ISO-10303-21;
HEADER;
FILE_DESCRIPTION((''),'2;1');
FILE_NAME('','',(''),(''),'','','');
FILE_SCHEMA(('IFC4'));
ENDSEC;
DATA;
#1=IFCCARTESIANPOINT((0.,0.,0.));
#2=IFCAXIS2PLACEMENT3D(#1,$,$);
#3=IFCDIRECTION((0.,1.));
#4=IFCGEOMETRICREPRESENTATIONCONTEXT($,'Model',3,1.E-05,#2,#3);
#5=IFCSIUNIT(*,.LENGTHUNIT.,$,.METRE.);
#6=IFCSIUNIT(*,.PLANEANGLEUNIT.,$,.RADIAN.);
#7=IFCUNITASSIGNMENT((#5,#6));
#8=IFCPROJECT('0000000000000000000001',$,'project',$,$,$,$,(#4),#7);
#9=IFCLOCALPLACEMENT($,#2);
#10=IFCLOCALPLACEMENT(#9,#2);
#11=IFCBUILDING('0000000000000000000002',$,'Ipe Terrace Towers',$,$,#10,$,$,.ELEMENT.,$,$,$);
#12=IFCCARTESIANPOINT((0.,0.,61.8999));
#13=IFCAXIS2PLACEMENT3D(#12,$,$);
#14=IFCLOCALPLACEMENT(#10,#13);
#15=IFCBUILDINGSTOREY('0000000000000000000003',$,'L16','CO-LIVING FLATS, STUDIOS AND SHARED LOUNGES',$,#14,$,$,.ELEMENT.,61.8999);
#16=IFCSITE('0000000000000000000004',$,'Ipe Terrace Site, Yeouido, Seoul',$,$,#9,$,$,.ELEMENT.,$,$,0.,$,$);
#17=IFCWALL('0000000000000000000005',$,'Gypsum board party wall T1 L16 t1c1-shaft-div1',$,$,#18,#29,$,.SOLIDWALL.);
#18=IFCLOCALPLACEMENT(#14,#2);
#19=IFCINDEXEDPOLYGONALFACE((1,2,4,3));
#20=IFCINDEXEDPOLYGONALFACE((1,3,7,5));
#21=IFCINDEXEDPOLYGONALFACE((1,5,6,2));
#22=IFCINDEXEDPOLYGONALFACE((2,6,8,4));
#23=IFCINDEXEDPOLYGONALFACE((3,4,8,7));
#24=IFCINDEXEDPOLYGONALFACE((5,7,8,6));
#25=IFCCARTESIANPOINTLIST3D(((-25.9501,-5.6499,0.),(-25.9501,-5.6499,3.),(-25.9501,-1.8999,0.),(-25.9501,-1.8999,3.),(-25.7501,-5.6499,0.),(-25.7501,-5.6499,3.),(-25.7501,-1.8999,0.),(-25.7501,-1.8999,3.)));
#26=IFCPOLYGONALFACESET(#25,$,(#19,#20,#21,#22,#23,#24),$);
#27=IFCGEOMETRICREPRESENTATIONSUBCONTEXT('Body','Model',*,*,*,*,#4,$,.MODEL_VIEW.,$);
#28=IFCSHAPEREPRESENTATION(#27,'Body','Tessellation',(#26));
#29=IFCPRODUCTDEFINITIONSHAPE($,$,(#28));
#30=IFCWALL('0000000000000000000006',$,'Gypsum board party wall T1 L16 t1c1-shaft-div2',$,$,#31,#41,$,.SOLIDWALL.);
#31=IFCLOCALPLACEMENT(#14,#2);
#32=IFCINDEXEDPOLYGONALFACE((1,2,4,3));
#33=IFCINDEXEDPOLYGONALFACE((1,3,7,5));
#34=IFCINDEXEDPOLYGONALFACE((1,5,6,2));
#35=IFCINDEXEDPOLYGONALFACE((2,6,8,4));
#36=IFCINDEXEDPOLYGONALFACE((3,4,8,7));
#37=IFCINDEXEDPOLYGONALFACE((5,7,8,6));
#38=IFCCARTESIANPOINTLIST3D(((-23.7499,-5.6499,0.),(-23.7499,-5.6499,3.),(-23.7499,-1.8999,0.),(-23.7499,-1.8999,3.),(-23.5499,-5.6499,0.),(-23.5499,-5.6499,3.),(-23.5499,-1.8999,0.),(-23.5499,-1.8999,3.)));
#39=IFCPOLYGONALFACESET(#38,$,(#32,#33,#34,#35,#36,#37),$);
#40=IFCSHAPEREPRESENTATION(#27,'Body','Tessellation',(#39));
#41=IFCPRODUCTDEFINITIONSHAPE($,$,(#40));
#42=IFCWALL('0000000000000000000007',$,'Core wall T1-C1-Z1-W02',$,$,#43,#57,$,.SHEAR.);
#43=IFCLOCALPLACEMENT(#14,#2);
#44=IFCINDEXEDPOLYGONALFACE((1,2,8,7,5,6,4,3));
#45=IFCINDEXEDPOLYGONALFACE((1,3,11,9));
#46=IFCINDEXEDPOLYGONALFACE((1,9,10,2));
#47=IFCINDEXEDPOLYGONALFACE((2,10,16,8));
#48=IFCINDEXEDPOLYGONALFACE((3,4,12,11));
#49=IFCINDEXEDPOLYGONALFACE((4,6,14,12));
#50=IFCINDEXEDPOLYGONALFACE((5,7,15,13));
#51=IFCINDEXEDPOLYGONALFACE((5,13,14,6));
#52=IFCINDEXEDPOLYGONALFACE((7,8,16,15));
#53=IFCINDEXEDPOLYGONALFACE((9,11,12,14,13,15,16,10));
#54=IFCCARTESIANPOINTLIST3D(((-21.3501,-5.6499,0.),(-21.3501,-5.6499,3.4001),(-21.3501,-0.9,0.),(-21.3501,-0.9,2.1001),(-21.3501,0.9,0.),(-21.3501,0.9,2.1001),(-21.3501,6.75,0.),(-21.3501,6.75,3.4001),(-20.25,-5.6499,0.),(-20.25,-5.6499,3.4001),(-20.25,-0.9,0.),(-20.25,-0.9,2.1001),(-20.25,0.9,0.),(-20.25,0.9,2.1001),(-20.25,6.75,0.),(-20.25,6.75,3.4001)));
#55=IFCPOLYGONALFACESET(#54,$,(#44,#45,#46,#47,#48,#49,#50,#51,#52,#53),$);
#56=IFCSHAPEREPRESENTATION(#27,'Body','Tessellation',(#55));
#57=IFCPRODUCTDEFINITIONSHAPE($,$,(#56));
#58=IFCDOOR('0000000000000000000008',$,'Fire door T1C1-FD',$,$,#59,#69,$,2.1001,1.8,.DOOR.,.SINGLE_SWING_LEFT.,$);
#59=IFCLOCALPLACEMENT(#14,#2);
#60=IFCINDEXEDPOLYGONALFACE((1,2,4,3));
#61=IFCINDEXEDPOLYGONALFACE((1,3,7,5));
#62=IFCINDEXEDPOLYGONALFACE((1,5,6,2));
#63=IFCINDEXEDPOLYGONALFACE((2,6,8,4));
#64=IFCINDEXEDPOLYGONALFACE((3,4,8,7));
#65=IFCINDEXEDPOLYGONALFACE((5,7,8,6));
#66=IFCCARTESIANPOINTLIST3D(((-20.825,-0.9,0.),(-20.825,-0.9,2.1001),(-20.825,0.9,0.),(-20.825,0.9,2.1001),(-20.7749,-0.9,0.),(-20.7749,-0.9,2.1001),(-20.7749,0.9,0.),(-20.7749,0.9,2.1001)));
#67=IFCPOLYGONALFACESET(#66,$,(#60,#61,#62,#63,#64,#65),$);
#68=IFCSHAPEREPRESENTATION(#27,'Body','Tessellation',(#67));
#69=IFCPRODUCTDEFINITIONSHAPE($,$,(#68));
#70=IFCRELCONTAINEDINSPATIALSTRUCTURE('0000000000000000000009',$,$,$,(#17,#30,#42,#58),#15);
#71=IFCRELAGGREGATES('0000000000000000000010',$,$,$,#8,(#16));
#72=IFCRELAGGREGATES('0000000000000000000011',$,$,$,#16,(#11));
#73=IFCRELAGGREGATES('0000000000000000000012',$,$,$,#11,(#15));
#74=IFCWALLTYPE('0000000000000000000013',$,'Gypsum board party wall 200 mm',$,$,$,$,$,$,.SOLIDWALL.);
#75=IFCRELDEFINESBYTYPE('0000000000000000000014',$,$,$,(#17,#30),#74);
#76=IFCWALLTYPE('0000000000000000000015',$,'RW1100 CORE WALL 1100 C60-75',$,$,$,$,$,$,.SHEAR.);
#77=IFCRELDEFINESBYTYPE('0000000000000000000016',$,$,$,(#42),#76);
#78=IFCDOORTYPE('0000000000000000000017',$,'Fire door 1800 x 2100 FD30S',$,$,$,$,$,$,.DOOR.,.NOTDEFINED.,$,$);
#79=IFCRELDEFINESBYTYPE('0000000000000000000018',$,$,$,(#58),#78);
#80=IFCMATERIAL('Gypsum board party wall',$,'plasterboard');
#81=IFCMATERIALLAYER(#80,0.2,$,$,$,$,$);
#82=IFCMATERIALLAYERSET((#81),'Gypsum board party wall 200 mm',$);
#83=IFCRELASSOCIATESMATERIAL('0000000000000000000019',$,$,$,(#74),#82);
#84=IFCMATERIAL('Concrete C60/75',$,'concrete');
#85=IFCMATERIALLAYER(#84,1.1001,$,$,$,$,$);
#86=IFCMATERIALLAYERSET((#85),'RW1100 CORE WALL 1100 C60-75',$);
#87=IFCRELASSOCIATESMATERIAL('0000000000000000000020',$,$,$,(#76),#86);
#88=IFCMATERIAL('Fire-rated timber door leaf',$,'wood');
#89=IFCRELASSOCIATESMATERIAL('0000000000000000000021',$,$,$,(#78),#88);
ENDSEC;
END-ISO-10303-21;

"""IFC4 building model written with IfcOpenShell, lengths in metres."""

from ifc_helpers import new_model, si_unit, direction, frame, frame_2d, origin, place, context, subcontext, project, spatial, rectangle, extrude, material, layer, layer_set, type_object, element, fill, save


model = new_model("IFC4")

# Units and contexts
model_context = context("Model", 3, precision=1e-05, world=origin(), true_north=direction((0.0, 1.0)))
body_context = subcontext(model_context, "Body", "Model", "MODEL_VIEW")
ifc_project = project(units=[si_unit("LENGTHUNIT", "METRE"), si_unit("PLANEANGLEUNIT", "RADIAN")], contexts=[model_context])

# Site, building, storey
site_placement = place(None, origin())
site = spatial("IfcSite", under=ifc_project, at=site_placement, Name="Ipe Terrace Site, Yeouido, Seoul", CompositionType="ELEMENT", RefElevation=0.0)
building_placement = place(site_placement, origin())
building = spatial("IfcBuilding", under=site, at=building_placement, Name="Ipe Terrace Towers", CompositionType="ELEMENT")
storey_placement = place(building_placement, frame((0.0, 0.0, 61.8999)))
storey = spatial("IfcBuildingStorey", under=building, at=storey_placement, Name="L16", Description="CO-LIVING FLATS, STUDIOS AND SHARED LOUNGES", CompositionType="ELEMENT", Elevation=61.8999)

# Walls
ifc_material_1 = material(Name="Gypsum board party wall", Category="plasterboard")
ifc_layer_1 = layer(ifc_material_1, 0.2)
ifc_layer_set_1 = layer_set([ifc_layer_1], Name="Gypsum board party wall 200 mm")
wall_type_1 = type_object("IfcWallType", Name="Gypsum board party wall 200 mm", PredefinedType="SOLIDWALL", material=ifc_layer_set_1)
for number, where, z_axis, x_axis, name in (
    (1, (-25.8501, -5.6499, 0.0), (0.0, 0.0, 1.0), (0.0, 1.0, 0.0), "Gypsum board party wall T1 L16 t1c1-shaft-div1"),
    (2, (-23.6499, -5.6499, 0.0), (0.0, 0.0, 1.0), (0.0, 1.0, 0.0), "Gypsum board party wall T1 L16 t1c1-shaft-div2"),
):
    element("IfcWall", number, at=place(storey_placement, frame(where, z_axis=z_axis, x_axis=x_axis)), inside=storey, type_object=wall_type_1, Name=name, PredefinedType="SOLIDWALL", context=body_context, shape_type="SweptSolid", body=[
        extrude(rectangle(XDim=3.75, YDim=0.2, at=frame_2d((1.875, 0.0))), origin(), (0.0, 0.0, 1.0), 3.0),
    ])

# Wall, opening, door
ifc_material_2 = material(Name="Concrete C60/75", Category="concrete")
ifc_layer_2 = layer(ifc_material_2, 1.1001)
ifc_layer_set_2 = layer_set([ifc_layer_2], Name="RW1100 CORE WALL 1100 C60-75")
wall_type_2 = type_object("IfcWallType", Name="RW1100 CORE WALL 1100 C60-75", PredefinedType="SHEAR", material=ifc_layer_set_2)
wall_1_placement = place(storey_placement, frame((-20.8, -5.6499, 0.0), z_axis=(0.0, 0.0, 1.0), x_axis=(0.0, 1.0, 0.0)))
wall_1 = element("IfcWall", 3, at=wall_1_placement, inside=storey, type_object=wall_type_2, Name="Core wall T1-C1-Z1-W02", PredefinedType="SHEAR", context=body_context, shape_type="SweptSolid", body=[
    extrude(rectangle(XDim=12.3999, YDim=1.1001, at=frame_2d((6.2, 0.0))), origin(), (0.0, 0.0, 1.0), 3.4001),
])
opening_1_placement = place(wall_1_placement, frame((4.75, 0.0, 0.0)))
opening_1 = element("IfcOpeningElement", 4, at=opening_1_placement, cuts=wall_1, PredefinedType="OPENING", context=body_context, shape_type="SweptSolid", body=[
    extrude(rectangle(XDim=1.8, YDim=2.1001, at=frame_2d((0.8999, 1.05))), frame((0.0, 0.5601, 0.0), z_axis=(0.0, -1.0, 0.0), x_axis=(1.0, 0.0, 0.0)), (0.0, 0.0, 1.0), 1.1201),
])
ifc_material_3 = material(Name="Fire-rated timber door leaf", Category="wood")
door_type_1 = type_object("IfcDoorType", Name="Fire door 1800 x 2100 FD30S", OperationType="NOTDEFINED", PredefinedType="DOOR", material=ifc_material_3)
door_1_placement = place(opening_1_placement, origin())
door_1 = element("IfcDoor", 5, at=door_1_placement, inside=storey, type_object=door_type_1, Name="Fire door T1C1-FD", OperationType="SINGLE_SWING_LEFT", OverallHeight=2.1001, OverallWidth=1.8, PredefinedType="DOOR", context=body_context, shape_type="SweptSolid", body=[
    extrude(rectangle(XDim=1.8, YDim=2.1001, at=frame_2d((0.8999, 1.05))), frame((0.0, 0.0249, 0.0), z_axis=(0.0, -1.0, 0.0), x_axis=(1.0, 0.0, 0.0)), (0.0, 0.0, 1.0), 0.05),
])
fill(opening_1, door_1)

save(model, "model.ifc")
